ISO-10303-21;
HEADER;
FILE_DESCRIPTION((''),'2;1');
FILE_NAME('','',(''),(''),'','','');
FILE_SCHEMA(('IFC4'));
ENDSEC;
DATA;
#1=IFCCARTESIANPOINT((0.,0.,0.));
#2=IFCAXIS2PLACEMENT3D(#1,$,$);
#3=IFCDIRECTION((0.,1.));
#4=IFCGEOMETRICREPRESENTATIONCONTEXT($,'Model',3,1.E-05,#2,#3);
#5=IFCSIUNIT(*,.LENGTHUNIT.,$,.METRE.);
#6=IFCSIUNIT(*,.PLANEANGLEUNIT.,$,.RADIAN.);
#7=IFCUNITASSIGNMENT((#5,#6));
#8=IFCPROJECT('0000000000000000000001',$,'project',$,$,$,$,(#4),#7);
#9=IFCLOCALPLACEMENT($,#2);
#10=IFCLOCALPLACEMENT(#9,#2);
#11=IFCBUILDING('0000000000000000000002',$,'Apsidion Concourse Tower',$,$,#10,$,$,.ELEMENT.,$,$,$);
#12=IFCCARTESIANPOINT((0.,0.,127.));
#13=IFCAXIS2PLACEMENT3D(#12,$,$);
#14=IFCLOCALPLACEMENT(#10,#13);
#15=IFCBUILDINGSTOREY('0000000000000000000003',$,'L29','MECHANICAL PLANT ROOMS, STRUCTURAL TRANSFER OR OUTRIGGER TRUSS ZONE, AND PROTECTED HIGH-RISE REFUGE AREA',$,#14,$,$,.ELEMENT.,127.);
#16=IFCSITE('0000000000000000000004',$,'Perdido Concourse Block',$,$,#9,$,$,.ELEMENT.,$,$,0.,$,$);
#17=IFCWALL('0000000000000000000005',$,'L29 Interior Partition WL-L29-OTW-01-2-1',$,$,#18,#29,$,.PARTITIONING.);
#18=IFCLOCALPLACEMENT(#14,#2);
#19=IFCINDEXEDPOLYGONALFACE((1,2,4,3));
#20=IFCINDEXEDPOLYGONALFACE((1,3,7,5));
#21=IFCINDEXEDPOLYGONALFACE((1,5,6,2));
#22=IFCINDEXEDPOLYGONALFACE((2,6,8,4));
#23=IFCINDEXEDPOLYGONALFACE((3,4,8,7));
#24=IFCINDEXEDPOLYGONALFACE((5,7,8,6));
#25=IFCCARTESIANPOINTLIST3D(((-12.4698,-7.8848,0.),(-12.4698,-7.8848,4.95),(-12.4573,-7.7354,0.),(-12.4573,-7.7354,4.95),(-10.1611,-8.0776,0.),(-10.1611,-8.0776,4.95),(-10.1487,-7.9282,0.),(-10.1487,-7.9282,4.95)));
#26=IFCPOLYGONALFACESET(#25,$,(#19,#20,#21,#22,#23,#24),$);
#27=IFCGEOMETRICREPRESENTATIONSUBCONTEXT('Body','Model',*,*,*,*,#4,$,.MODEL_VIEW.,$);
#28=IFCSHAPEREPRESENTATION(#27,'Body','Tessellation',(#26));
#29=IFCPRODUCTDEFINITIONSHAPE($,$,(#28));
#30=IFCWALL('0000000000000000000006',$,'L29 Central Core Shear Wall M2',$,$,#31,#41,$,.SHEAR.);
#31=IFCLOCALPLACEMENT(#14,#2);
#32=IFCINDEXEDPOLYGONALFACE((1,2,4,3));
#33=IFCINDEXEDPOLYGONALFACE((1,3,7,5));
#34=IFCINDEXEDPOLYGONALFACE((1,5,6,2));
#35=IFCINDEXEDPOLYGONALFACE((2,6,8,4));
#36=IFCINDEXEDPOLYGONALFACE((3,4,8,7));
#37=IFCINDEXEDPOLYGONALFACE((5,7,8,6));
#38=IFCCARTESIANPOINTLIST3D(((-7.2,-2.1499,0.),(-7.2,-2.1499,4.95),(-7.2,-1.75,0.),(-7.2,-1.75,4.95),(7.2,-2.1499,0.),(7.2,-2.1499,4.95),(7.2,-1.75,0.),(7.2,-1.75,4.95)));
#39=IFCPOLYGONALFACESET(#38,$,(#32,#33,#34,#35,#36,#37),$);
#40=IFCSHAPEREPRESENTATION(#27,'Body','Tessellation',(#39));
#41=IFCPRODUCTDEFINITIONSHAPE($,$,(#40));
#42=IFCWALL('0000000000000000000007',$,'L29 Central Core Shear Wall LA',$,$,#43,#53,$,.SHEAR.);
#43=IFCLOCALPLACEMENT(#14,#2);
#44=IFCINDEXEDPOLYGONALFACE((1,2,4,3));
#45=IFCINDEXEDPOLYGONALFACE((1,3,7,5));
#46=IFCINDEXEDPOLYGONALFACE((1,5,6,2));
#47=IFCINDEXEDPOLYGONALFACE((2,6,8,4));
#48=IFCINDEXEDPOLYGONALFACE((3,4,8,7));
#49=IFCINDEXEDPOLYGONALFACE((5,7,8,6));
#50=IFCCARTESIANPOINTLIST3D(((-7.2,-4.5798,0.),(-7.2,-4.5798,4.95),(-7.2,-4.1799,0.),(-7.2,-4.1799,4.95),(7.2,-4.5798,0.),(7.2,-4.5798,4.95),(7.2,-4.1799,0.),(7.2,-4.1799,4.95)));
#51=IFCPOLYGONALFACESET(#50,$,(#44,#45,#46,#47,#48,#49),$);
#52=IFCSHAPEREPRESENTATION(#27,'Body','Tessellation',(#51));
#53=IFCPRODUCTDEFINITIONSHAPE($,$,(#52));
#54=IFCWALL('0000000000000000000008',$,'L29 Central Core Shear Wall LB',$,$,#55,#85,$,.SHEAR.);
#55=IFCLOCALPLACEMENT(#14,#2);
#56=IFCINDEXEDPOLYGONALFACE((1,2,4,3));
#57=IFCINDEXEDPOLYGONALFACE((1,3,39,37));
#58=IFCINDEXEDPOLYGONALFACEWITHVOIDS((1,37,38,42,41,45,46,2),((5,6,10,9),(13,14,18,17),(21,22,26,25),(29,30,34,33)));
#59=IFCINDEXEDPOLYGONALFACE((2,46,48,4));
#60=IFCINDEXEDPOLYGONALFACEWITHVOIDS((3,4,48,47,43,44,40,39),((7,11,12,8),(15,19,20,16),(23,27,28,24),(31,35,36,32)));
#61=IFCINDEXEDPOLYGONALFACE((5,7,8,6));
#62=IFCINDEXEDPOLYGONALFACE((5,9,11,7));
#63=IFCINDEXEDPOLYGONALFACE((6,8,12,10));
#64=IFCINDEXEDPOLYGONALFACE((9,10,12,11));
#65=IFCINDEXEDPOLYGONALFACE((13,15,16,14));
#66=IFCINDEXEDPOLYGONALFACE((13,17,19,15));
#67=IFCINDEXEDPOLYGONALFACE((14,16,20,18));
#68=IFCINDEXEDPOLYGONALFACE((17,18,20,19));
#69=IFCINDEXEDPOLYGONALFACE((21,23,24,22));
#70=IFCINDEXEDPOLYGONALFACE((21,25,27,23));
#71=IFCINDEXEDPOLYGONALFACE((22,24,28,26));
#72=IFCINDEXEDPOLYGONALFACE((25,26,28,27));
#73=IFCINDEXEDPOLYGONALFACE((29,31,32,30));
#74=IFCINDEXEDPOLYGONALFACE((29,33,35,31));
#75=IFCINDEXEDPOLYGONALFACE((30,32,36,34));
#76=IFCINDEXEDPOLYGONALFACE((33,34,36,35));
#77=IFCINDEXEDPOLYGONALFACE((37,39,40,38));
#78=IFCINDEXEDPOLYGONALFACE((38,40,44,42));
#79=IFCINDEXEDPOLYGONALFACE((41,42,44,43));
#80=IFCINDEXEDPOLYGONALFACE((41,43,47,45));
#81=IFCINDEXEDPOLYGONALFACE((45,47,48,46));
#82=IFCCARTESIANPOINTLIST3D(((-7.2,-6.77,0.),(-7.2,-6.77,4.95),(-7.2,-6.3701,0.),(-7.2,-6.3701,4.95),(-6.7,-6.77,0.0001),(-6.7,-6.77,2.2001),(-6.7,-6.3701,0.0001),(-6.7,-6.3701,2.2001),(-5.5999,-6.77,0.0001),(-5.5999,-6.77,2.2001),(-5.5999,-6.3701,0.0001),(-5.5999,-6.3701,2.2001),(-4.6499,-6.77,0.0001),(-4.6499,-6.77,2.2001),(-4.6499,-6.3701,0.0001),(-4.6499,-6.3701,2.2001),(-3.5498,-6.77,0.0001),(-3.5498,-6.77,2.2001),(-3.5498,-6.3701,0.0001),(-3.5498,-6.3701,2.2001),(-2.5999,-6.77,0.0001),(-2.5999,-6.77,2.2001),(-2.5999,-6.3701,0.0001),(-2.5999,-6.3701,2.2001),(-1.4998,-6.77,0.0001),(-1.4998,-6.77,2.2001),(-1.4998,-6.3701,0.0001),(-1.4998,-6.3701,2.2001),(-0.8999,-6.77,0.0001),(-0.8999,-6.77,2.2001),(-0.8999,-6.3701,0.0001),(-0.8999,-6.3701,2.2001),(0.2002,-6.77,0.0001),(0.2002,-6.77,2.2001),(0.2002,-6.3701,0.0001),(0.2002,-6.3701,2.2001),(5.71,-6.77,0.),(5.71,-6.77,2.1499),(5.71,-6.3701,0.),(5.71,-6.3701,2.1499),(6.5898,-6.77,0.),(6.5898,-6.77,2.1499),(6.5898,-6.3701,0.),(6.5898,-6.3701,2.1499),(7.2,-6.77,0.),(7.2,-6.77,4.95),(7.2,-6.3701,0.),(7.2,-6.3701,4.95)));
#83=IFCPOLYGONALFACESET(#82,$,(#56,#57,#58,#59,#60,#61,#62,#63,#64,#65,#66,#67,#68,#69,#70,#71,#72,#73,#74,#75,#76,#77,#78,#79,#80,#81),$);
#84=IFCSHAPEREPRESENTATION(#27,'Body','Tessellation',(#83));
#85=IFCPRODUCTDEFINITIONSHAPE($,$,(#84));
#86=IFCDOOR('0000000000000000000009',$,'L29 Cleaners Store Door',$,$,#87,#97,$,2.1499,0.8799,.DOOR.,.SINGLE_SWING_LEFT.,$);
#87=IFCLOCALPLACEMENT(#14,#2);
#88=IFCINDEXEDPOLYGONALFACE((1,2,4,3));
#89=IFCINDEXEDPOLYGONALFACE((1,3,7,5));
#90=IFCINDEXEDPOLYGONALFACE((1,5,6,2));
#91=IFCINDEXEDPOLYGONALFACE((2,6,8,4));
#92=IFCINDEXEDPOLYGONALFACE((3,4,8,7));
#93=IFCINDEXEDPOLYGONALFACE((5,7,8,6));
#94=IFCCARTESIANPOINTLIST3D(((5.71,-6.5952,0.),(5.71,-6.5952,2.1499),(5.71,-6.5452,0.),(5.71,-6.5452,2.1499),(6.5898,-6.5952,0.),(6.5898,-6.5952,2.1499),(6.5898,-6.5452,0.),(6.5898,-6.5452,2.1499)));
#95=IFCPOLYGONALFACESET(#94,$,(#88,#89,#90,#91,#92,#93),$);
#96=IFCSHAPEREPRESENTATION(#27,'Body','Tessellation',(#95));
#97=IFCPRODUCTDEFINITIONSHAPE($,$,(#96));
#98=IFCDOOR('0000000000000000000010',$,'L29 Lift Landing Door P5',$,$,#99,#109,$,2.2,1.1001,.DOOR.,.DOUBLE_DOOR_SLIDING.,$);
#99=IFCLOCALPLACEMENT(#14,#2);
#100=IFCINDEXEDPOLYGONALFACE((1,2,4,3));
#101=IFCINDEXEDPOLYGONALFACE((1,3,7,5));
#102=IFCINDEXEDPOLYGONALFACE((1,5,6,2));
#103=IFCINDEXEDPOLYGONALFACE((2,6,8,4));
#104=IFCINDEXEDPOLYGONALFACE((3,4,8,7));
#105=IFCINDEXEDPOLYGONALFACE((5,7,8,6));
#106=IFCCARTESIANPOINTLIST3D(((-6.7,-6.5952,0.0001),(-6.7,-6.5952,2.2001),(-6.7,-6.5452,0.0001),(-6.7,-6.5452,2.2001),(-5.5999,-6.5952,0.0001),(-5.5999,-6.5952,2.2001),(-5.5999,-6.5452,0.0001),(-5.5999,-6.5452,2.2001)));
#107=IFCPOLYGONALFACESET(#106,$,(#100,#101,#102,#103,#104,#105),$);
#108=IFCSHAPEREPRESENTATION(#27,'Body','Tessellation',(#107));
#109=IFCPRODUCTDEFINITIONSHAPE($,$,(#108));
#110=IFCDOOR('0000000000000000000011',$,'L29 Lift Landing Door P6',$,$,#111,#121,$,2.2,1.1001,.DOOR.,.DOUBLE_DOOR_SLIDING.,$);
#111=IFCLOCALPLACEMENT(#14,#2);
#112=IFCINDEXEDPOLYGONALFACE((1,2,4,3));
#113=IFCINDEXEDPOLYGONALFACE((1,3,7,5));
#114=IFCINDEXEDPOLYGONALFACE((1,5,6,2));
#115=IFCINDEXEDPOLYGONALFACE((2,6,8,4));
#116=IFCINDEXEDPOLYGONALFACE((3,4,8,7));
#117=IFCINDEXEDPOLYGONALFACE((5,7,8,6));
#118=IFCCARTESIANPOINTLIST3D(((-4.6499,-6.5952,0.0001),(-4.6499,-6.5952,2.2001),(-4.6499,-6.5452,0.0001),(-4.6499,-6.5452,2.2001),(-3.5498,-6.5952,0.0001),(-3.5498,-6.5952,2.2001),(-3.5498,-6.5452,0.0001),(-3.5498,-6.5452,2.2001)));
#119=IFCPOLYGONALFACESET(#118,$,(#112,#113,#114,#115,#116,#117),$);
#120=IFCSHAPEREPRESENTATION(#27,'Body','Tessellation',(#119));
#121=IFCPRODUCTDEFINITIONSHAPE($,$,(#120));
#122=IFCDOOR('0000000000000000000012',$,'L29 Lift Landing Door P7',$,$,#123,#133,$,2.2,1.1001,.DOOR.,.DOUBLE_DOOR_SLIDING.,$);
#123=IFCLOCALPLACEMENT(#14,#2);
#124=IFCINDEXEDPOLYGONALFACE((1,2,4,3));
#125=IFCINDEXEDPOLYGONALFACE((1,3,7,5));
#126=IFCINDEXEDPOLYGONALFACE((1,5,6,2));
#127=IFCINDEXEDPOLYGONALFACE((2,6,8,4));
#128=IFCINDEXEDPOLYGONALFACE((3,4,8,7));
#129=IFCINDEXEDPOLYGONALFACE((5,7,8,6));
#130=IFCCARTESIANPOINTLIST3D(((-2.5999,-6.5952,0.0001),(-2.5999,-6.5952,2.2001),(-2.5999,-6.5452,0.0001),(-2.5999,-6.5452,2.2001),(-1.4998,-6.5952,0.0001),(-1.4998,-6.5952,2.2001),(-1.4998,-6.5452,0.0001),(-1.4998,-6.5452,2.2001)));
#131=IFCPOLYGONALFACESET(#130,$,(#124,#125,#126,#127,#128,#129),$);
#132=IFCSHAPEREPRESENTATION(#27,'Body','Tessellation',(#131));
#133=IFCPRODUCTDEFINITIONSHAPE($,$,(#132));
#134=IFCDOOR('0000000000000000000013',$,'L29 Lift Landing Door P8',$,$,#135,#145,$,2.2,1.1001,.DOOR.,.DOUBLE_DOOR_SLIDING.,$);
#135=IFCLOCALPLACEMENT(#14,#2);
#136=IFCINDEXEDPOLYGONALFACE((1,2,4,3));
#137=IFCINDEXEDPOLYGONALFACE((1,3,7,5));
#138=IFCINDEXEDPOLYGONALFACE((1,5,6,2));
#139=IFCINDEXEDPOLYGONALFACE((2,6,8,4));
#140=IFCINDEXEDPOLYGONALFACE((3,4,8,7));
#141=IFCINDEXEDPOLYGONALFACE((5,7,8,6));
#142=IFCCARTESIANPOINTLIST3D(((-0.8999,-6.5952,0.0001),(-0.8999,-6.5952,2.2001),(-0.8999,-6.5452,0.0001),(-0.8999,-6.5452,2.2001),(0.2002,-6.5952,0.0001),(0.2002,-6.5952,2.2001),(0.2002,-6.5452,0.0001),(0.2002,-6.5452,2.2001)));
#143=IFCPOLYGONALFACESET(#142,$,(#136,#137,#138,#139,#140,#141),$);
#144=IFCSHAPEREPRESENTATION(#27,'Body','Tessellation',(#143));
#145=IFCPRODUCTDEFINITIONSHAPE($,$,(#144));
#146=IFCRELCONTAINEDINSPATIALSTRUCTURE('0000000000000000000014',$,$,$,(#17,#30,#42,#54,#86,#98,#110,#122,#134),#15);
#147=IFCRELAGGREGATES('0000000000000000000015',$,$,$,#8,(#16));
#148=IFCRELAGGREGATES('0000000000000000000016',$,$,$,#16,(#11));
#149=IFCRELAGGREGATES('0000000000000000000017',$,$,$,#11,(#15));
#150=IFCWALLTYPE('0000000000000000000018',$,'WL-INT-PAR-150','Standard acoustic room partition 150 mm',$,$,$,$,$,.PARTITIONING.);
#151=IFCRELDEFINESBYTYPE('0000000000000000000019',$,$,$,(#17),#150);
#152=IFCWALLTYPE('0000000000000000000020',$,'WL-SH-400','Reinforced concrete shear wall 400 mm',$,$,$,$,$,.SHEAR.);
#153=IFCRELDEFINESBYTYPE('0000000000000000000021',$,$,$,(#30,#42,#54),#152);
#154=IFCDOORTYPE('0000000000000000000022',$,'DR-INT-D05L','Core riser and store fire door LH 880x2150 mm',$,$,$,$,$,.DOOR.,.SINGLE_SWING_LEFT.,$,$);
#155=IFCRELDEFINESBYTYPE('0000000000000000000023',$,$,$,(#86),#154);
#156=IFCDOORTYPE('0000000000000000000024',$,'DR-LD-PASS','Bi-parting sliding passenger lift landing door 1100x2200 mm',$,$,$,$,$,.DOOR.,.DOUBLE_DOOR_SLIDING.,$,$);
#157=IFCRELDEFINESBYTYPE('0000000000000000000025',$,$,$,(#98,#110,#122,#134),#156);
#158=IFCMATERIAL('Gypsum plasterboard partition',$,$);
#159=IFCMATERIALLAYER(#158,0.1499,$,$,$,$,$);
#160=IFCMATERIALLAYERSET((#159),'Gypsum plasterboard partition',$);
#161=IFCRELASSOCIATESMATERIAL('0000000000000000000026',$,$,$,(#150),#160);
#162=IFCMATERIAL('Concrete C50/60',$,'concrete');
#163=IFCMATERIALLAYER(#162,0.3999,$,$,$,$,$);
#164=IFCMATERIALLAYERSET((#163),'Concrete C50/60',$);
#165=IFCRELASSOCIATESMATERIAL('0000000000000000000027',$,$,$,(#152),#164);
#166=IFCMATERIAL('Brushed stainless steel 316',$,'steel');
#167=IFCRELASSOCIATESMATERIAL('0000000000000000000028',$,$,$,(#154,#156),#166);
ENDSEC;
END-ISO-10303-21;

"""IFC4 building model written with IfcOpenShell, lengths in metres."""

from ifc_helpers import new_model, si_unit, direction, frame, frame_2d, origin, place, context, subcontext, project, spatial, rectangle, extrude, material, layer, layer_set, type_object, element, fill, save


model = new_model("IFC4")

# Units and contexts
model_context = context("Model", 3, precision=1e-05, world=origin(), true_north=direction((0.0, 1.0)))
body_context = subcontext(model_context, "Body", "Model", "MODEL_VIEW")
ifc_project = project(units=[si_unit("LENGTHUNIT", "METRE"), si_unit("PLANEANGLEUNIT", "RADIAN")], contexts=[model_context])

# Site, building, storey
site_placement = place(None, origin())
site = spatial("IfcSite", under=ifc_project, at=site_placement, Name="Perdido Concourse Block", CompositionType="ELEMENT", RefElevation=0.0)
building_placement = place(site_placement, origin())
building = spatial("IfcBuilding", under=site, at=building_placement, Name="Apsidion Concourse Tower", CompositionType="ELEMENT")
storey_placement = place(building_placement, frame((0.0, 0.0, 127.0)))
storey = spatial("IfcBuildingStorey", under=building, at=storey_placement, Name="L29", Description="MECHANICAL PLANT ROOMS, STRUCTURAL TRANSFER OR OUTRIGGER TRUSS ZONE, AND PROTECTED HIGH-RISE REFUGE AREA", CompositionType="ELEMENT", Elevation=127.0)

# Shared definitions
ifc_material_1 = material(Name="Concrete C50/60", Category="concrete")

# Wall
ifc_material_2 = material(Name="Gypsum plasterboard partition")
ifc_layer_1 = layer(ifc_material_2, 0.1499)
ifc_layer_set_1 = layer_set([ifc_layer_1], Name="Gypsum plasterboard partition")
wall_type_1 = type_object("IfcWallType", Name="WL-INT-PAR-150", Description="Standard acoustic room partition 150 mm", PredefinedType="PARTITIONING", material=ifc_layer_set_1)
wall_1_placement = place(storey_placement, frame((-10.155, -8.0029, 0.0), z_axis=(0.0, 0.0, 1.0), x_axis=(-0.996528, 0.083255, 0.0)))
element("IfcWall", 1, at=wall_1_placement, inside=storey, type_object=wall_type_1, Name="L29 Interior Partition WL-L29-OTW-01-2-1", PredefinedType="PARTITIONING", context=body_context, shape_type="SweptSolid", body=[
    extrude(rectangle(XDim=2.3167, YDim=0.1499, at=frame_2d((1.1582, 0.0))), origin(), (0.0, 0.0, 1.0), 4.95),
])

# Shared definitions
ifc_material_3 = material(Name="Brushed stainless steel 316", Category="steel")

# Walls
ifc_layer_2 = layer(ifc_material_1, 0.3999)
ifc_layer_set_2 = layer_set([ifc_layer_2], Name="Concrete C50/60")
wall_type_2 = type_object("IfcWallType", Name="WL-SH-400", Description="Reinforced concrete shear wall 400 mm", PredefinedType="SHEAR", material=ifc_layer_set_2)
for number, where, z_axis, x_axis, name in (
    (2, (-7.2, -1.95, 0.0), (0.0, 0.0, 1.0), (1.0, 0.0, 0.0), "L29 Central Core Shear Wall M2"),
    (3, (-7.2, -4.3799, 0.0), (0.0, 0.0, 1.0), (1.0, 0.0, 0.0), "L29 Central Core Shear Wall LA"),
):
    element("IfcWall", number, at=place(storey_placement, frame(where, z_axis=z_axis, x_axis=x_axis)), inside=storey, type_object=wall_type_2, Name=name, PredefinedType="SHEAR", context=body_context, shape_type="SweptSolid", body=[
        extrude(rectangle(XDim=14.3999, YDim=0.3999, at=frame_2d((7.2, 0.0))), origin(), (0.0, 0.0, 1.0), 4.95),
    ])

# Wall, openings, doors
wall_2_placement = place(storey_placement, frame((-7.2, -6.5701, 0.0), z_axis=(0.0, 0.0, 1.0), x_axis=(1.0, 0.0, 0.0)))
wall_2 = element("IfcWall", 4, at=wall_2_placement, inside=storey, type_object=wall_type_2, Name="L29 Central Core Shear Wall LB", PredefinedType="SHEAR", context=body_context, shape_type="SweptSolid", body=[
    extrude(rectangle(XDim=14.3999, YDim=0.3999, at=frame_2d((7.2, 0.0))), origin(), (0.0, 0.0, 1.0), 4.95),
])
opening_1_placement = place(wall_2_placement, frame((0.5, 0.0, 0.0)))
opening_1 = element("IfcOpeningElement", 5, at=opening_1_placement, cuts=wall_2, PredefinedType="OPENING", context=body_context, shape_type="SweptSolid", body=[
    extrude(rectangle(XDim=1.1001, YDim=2.2, at=frame_2d((0.55, 1.1001))), frame((0.0, 0.21, 0.0), z_axis=(0.0, -1.0, 0.0), x_axis=(1.0, 0.0, 0.0)), (0.0, 0.0, 1.0), 0.4199),
])
opening_2_placement = place(wall_2_placement, frame((2.55, 0.0, 0.0)))
opening_2 = element("IfcOpeningElement", 6, at=opening_2_placement, cuts=wall_2, PredefinedType="OPENING", context=body_context, shape_type="SweptSolid", body=[
    extrude(rectangle(XDim=1.1001, YDim=2.2, at=frame_2d((0.55, 1.1001))), frame((0.0, 0.21, 0.0), z_axis=(0.0, -1.0, 0.0), x_axis=(1.0, 0.0, 0.0)), (0.0, 0.0, 1.0), 0.4199),
])
opening_3_placement = place(wall_2_placement, frame((4.6001, 0.0, 0.0)))
opening_3 = element("IfcOpeningElement", 7, at=opening_3_placement, cuts=wall_2, PredefinedType="OPENING", context=body_context, shape_type="SweptSolid", body=[
    extrude(rectangle(XDim=1.1001, YDim=2.2, at=frame_2d((0.55, 1.1001))), frame((0.0, 0.21, 0.0), z_axis=(0.0, -1.0, 0.0), x_axis=(1.0, 0.0, 0.0)), (0.0, 0.0, 1.0), 0.4199),
])
opening_4_placement = place(wall_2_placement, frame((6.3, 0.0, 0.0)))
opening_4 = element("IfcOpeningElement", 8, at=opening_4_placement, cuts=wall_2, PredefinedType="OPENING", context=body_context, shape_type="SweptSolid", body=[
    extrude(rectangle(XDim=1.1001, YDim=2.2, at=frame_2d((0.55, 1.1001))), frame((0.0, 0.21, 0.0), z_axis=(0.0, -1.0, 0.0), x_axis=(1.0, 0.0, 0.0)), (0.0, 0.0, 1.0), 0.4199),
])
opening_5_placement = place(wall_2_placement, frame((12.9099, 0.0, 0.0)))
opening_5 = element("IfcOpeningElement", 9, at=opening_5_placement, cuts=wall_2, PredefinedType="OPENING", context=body_context, shape_type="SweptSolid", body=[
    extrude(rectangle(XDim=0.8799, YDim=2.1499, at=frame_2d((0.4399, 1.075))), frame((0.0, 0.21, 0.0), z_axis=(0.0, -1.0, 0.0), x_axis=(1.0, 0.0, 0.0)), (0.0, 0.0, 1.0), 0.4199),
])
door_type_1 = type_object("IfcDoorType", Name="DR-INT-D05L", Description="Core riser and store fire door LH 880x2150 mm", OperationType="SINGLE_SWING_LEFT", PredefinedType="DOOR", material=ifc_material_3)
door_1_placement = place(opening_5_placement, origin())
door_1 = element("IfcDoor", 10, at=door_1_placement, inside=storey, type_object=door_type_1, Name="L29 Cleaners Store Door", OperationType="SINGLE_SWING_LEFT", OverallHeight=2.1499, OverallWidth=0.8799, PredefinedType="DOOR", context=body_context, shape_type="SweptSolid", body=[
    extrude(rectangle(XDim=0.8799, YDim=2.1499, at=frame_2d((0.4399, 1.075))), frame((0.0, 0.0249, 0.0), z_axis=(0.0, -1.0, 0.0), x_axis=(1.0, 0.0, 0.0)), (0.0, 0.0, 1.0), 0.05),
])
fill(opening_5, door_1)
door_type_2 = type_object("IfcDoorType", Name="DR-LD-PASS", Description="Bi-parting sliding passenger lift landing door 1100x2200 mm", OperationType="DOUBLE_DOOR_SLIDING", PredefinedType="DOOR", material=ifc_material_3)
door_2_placement = place(opening_1_placement, origin())
door_2 = element("IfcDoor", 11, at=door_2_placement, inside=storey, type_object=door_type_2, Name="L29 Lift Landing Door P5", OperationType="DOUBLE_DOOR_SLIDING", OverallHeight=2.2, OverallWidth=1.1001, PredefinedType="DOOR", context=body_context, shape_type="SweptSolid", body=[
    extrude(rectangle(XDim=1.1001, YDim=2.2, at=frame_2d((0.55, 1.1001))), frame((0.0, 0.0249, 0.0), z_axis=(0.0, -1.0, 0.0), x_axis=(1.0, 0.0, 0.0)), (0.0, 0.0, 1.0), 0.05),
])
fill(opening_1, door_2)
door_3_placement = place(opening_2_placement, origin())
door_3 = element("IfcDoor", 12, at=door_3_placement, inside=storey, type_object=door_type_2, Name="L29 Lift Landing Door P6", OperationType="DOUBLE_DOOR_SLIDING", OverallHeight=2.2, OverallWidth=1.1001, PredefinedType="DOOR", context=body_context, shape_type="SweptSolid", body=[
    extrude(rectangle(XDim=1.1001, YDim=2.2, at=frame_2d((0.55, 1.1001))), frame((0.0, 0.0249, 0.0), z_axis=(0.0, -1.0, 0.0), x_axis=(1.0, 0.0, 0.0)), (0.0, 0.0, 1.0), 0.05),
])
fill(opening_2, door_3)
door_4_placement = place(opening_3_placement, origin())
door_4 = element("IfcDoor", 13, at=door_4_placement, inside=storey, type_object=door_type_2, Name="L29 Lift Landing Door P7", OperationType="DOUBLE_DOOR_SLIDING", OverallHeight=2.2, OverallWidth=1.1001, PredefinedType="DOOR", context=body_context, shape_type="SweptSolid", body=[
    extrude(rectangle(XDim=1.1001, YDim=2.2, at=frame_2d((0.55, 1.1001))), frame((0.0, 0.0249, 0.0), z_axis=(0.0, -1.0, 0.0), x_axis=(1.0, 0.0, 0.0)), (0.0, 0.0, 1.0), 0.05),
])
fill(opening_3, door_4)
door_5_placement = place(opening_4_placement, origin())
door_5 = element("IfcDoor", 14, at=door_5_placement, inside=storey, type_object=door_type_2, Name="L29 Lift Landing Door P8", OperationType="DOUBLE_DOOR_SLIDING", OverallHeight=2.2, OverallWidth=1.1001, PredefinedType="DOOR", context=body_context, shape_type="SweptSolid", body=[
    extrude(rectangle(XDim=1.1001, YDim=2.2, at=frame_2d((0.55, 1.1001))), frame((0.0, 0.0249, 0.0), z_axis=(0.0, -1.0, 0.0), x_axis=(1.0, 0.0, 0.0)), (0.0, 0.0, 1.0), 0.05),
])
fill(opening_4, door_5)

save(model, "model.ifc")
